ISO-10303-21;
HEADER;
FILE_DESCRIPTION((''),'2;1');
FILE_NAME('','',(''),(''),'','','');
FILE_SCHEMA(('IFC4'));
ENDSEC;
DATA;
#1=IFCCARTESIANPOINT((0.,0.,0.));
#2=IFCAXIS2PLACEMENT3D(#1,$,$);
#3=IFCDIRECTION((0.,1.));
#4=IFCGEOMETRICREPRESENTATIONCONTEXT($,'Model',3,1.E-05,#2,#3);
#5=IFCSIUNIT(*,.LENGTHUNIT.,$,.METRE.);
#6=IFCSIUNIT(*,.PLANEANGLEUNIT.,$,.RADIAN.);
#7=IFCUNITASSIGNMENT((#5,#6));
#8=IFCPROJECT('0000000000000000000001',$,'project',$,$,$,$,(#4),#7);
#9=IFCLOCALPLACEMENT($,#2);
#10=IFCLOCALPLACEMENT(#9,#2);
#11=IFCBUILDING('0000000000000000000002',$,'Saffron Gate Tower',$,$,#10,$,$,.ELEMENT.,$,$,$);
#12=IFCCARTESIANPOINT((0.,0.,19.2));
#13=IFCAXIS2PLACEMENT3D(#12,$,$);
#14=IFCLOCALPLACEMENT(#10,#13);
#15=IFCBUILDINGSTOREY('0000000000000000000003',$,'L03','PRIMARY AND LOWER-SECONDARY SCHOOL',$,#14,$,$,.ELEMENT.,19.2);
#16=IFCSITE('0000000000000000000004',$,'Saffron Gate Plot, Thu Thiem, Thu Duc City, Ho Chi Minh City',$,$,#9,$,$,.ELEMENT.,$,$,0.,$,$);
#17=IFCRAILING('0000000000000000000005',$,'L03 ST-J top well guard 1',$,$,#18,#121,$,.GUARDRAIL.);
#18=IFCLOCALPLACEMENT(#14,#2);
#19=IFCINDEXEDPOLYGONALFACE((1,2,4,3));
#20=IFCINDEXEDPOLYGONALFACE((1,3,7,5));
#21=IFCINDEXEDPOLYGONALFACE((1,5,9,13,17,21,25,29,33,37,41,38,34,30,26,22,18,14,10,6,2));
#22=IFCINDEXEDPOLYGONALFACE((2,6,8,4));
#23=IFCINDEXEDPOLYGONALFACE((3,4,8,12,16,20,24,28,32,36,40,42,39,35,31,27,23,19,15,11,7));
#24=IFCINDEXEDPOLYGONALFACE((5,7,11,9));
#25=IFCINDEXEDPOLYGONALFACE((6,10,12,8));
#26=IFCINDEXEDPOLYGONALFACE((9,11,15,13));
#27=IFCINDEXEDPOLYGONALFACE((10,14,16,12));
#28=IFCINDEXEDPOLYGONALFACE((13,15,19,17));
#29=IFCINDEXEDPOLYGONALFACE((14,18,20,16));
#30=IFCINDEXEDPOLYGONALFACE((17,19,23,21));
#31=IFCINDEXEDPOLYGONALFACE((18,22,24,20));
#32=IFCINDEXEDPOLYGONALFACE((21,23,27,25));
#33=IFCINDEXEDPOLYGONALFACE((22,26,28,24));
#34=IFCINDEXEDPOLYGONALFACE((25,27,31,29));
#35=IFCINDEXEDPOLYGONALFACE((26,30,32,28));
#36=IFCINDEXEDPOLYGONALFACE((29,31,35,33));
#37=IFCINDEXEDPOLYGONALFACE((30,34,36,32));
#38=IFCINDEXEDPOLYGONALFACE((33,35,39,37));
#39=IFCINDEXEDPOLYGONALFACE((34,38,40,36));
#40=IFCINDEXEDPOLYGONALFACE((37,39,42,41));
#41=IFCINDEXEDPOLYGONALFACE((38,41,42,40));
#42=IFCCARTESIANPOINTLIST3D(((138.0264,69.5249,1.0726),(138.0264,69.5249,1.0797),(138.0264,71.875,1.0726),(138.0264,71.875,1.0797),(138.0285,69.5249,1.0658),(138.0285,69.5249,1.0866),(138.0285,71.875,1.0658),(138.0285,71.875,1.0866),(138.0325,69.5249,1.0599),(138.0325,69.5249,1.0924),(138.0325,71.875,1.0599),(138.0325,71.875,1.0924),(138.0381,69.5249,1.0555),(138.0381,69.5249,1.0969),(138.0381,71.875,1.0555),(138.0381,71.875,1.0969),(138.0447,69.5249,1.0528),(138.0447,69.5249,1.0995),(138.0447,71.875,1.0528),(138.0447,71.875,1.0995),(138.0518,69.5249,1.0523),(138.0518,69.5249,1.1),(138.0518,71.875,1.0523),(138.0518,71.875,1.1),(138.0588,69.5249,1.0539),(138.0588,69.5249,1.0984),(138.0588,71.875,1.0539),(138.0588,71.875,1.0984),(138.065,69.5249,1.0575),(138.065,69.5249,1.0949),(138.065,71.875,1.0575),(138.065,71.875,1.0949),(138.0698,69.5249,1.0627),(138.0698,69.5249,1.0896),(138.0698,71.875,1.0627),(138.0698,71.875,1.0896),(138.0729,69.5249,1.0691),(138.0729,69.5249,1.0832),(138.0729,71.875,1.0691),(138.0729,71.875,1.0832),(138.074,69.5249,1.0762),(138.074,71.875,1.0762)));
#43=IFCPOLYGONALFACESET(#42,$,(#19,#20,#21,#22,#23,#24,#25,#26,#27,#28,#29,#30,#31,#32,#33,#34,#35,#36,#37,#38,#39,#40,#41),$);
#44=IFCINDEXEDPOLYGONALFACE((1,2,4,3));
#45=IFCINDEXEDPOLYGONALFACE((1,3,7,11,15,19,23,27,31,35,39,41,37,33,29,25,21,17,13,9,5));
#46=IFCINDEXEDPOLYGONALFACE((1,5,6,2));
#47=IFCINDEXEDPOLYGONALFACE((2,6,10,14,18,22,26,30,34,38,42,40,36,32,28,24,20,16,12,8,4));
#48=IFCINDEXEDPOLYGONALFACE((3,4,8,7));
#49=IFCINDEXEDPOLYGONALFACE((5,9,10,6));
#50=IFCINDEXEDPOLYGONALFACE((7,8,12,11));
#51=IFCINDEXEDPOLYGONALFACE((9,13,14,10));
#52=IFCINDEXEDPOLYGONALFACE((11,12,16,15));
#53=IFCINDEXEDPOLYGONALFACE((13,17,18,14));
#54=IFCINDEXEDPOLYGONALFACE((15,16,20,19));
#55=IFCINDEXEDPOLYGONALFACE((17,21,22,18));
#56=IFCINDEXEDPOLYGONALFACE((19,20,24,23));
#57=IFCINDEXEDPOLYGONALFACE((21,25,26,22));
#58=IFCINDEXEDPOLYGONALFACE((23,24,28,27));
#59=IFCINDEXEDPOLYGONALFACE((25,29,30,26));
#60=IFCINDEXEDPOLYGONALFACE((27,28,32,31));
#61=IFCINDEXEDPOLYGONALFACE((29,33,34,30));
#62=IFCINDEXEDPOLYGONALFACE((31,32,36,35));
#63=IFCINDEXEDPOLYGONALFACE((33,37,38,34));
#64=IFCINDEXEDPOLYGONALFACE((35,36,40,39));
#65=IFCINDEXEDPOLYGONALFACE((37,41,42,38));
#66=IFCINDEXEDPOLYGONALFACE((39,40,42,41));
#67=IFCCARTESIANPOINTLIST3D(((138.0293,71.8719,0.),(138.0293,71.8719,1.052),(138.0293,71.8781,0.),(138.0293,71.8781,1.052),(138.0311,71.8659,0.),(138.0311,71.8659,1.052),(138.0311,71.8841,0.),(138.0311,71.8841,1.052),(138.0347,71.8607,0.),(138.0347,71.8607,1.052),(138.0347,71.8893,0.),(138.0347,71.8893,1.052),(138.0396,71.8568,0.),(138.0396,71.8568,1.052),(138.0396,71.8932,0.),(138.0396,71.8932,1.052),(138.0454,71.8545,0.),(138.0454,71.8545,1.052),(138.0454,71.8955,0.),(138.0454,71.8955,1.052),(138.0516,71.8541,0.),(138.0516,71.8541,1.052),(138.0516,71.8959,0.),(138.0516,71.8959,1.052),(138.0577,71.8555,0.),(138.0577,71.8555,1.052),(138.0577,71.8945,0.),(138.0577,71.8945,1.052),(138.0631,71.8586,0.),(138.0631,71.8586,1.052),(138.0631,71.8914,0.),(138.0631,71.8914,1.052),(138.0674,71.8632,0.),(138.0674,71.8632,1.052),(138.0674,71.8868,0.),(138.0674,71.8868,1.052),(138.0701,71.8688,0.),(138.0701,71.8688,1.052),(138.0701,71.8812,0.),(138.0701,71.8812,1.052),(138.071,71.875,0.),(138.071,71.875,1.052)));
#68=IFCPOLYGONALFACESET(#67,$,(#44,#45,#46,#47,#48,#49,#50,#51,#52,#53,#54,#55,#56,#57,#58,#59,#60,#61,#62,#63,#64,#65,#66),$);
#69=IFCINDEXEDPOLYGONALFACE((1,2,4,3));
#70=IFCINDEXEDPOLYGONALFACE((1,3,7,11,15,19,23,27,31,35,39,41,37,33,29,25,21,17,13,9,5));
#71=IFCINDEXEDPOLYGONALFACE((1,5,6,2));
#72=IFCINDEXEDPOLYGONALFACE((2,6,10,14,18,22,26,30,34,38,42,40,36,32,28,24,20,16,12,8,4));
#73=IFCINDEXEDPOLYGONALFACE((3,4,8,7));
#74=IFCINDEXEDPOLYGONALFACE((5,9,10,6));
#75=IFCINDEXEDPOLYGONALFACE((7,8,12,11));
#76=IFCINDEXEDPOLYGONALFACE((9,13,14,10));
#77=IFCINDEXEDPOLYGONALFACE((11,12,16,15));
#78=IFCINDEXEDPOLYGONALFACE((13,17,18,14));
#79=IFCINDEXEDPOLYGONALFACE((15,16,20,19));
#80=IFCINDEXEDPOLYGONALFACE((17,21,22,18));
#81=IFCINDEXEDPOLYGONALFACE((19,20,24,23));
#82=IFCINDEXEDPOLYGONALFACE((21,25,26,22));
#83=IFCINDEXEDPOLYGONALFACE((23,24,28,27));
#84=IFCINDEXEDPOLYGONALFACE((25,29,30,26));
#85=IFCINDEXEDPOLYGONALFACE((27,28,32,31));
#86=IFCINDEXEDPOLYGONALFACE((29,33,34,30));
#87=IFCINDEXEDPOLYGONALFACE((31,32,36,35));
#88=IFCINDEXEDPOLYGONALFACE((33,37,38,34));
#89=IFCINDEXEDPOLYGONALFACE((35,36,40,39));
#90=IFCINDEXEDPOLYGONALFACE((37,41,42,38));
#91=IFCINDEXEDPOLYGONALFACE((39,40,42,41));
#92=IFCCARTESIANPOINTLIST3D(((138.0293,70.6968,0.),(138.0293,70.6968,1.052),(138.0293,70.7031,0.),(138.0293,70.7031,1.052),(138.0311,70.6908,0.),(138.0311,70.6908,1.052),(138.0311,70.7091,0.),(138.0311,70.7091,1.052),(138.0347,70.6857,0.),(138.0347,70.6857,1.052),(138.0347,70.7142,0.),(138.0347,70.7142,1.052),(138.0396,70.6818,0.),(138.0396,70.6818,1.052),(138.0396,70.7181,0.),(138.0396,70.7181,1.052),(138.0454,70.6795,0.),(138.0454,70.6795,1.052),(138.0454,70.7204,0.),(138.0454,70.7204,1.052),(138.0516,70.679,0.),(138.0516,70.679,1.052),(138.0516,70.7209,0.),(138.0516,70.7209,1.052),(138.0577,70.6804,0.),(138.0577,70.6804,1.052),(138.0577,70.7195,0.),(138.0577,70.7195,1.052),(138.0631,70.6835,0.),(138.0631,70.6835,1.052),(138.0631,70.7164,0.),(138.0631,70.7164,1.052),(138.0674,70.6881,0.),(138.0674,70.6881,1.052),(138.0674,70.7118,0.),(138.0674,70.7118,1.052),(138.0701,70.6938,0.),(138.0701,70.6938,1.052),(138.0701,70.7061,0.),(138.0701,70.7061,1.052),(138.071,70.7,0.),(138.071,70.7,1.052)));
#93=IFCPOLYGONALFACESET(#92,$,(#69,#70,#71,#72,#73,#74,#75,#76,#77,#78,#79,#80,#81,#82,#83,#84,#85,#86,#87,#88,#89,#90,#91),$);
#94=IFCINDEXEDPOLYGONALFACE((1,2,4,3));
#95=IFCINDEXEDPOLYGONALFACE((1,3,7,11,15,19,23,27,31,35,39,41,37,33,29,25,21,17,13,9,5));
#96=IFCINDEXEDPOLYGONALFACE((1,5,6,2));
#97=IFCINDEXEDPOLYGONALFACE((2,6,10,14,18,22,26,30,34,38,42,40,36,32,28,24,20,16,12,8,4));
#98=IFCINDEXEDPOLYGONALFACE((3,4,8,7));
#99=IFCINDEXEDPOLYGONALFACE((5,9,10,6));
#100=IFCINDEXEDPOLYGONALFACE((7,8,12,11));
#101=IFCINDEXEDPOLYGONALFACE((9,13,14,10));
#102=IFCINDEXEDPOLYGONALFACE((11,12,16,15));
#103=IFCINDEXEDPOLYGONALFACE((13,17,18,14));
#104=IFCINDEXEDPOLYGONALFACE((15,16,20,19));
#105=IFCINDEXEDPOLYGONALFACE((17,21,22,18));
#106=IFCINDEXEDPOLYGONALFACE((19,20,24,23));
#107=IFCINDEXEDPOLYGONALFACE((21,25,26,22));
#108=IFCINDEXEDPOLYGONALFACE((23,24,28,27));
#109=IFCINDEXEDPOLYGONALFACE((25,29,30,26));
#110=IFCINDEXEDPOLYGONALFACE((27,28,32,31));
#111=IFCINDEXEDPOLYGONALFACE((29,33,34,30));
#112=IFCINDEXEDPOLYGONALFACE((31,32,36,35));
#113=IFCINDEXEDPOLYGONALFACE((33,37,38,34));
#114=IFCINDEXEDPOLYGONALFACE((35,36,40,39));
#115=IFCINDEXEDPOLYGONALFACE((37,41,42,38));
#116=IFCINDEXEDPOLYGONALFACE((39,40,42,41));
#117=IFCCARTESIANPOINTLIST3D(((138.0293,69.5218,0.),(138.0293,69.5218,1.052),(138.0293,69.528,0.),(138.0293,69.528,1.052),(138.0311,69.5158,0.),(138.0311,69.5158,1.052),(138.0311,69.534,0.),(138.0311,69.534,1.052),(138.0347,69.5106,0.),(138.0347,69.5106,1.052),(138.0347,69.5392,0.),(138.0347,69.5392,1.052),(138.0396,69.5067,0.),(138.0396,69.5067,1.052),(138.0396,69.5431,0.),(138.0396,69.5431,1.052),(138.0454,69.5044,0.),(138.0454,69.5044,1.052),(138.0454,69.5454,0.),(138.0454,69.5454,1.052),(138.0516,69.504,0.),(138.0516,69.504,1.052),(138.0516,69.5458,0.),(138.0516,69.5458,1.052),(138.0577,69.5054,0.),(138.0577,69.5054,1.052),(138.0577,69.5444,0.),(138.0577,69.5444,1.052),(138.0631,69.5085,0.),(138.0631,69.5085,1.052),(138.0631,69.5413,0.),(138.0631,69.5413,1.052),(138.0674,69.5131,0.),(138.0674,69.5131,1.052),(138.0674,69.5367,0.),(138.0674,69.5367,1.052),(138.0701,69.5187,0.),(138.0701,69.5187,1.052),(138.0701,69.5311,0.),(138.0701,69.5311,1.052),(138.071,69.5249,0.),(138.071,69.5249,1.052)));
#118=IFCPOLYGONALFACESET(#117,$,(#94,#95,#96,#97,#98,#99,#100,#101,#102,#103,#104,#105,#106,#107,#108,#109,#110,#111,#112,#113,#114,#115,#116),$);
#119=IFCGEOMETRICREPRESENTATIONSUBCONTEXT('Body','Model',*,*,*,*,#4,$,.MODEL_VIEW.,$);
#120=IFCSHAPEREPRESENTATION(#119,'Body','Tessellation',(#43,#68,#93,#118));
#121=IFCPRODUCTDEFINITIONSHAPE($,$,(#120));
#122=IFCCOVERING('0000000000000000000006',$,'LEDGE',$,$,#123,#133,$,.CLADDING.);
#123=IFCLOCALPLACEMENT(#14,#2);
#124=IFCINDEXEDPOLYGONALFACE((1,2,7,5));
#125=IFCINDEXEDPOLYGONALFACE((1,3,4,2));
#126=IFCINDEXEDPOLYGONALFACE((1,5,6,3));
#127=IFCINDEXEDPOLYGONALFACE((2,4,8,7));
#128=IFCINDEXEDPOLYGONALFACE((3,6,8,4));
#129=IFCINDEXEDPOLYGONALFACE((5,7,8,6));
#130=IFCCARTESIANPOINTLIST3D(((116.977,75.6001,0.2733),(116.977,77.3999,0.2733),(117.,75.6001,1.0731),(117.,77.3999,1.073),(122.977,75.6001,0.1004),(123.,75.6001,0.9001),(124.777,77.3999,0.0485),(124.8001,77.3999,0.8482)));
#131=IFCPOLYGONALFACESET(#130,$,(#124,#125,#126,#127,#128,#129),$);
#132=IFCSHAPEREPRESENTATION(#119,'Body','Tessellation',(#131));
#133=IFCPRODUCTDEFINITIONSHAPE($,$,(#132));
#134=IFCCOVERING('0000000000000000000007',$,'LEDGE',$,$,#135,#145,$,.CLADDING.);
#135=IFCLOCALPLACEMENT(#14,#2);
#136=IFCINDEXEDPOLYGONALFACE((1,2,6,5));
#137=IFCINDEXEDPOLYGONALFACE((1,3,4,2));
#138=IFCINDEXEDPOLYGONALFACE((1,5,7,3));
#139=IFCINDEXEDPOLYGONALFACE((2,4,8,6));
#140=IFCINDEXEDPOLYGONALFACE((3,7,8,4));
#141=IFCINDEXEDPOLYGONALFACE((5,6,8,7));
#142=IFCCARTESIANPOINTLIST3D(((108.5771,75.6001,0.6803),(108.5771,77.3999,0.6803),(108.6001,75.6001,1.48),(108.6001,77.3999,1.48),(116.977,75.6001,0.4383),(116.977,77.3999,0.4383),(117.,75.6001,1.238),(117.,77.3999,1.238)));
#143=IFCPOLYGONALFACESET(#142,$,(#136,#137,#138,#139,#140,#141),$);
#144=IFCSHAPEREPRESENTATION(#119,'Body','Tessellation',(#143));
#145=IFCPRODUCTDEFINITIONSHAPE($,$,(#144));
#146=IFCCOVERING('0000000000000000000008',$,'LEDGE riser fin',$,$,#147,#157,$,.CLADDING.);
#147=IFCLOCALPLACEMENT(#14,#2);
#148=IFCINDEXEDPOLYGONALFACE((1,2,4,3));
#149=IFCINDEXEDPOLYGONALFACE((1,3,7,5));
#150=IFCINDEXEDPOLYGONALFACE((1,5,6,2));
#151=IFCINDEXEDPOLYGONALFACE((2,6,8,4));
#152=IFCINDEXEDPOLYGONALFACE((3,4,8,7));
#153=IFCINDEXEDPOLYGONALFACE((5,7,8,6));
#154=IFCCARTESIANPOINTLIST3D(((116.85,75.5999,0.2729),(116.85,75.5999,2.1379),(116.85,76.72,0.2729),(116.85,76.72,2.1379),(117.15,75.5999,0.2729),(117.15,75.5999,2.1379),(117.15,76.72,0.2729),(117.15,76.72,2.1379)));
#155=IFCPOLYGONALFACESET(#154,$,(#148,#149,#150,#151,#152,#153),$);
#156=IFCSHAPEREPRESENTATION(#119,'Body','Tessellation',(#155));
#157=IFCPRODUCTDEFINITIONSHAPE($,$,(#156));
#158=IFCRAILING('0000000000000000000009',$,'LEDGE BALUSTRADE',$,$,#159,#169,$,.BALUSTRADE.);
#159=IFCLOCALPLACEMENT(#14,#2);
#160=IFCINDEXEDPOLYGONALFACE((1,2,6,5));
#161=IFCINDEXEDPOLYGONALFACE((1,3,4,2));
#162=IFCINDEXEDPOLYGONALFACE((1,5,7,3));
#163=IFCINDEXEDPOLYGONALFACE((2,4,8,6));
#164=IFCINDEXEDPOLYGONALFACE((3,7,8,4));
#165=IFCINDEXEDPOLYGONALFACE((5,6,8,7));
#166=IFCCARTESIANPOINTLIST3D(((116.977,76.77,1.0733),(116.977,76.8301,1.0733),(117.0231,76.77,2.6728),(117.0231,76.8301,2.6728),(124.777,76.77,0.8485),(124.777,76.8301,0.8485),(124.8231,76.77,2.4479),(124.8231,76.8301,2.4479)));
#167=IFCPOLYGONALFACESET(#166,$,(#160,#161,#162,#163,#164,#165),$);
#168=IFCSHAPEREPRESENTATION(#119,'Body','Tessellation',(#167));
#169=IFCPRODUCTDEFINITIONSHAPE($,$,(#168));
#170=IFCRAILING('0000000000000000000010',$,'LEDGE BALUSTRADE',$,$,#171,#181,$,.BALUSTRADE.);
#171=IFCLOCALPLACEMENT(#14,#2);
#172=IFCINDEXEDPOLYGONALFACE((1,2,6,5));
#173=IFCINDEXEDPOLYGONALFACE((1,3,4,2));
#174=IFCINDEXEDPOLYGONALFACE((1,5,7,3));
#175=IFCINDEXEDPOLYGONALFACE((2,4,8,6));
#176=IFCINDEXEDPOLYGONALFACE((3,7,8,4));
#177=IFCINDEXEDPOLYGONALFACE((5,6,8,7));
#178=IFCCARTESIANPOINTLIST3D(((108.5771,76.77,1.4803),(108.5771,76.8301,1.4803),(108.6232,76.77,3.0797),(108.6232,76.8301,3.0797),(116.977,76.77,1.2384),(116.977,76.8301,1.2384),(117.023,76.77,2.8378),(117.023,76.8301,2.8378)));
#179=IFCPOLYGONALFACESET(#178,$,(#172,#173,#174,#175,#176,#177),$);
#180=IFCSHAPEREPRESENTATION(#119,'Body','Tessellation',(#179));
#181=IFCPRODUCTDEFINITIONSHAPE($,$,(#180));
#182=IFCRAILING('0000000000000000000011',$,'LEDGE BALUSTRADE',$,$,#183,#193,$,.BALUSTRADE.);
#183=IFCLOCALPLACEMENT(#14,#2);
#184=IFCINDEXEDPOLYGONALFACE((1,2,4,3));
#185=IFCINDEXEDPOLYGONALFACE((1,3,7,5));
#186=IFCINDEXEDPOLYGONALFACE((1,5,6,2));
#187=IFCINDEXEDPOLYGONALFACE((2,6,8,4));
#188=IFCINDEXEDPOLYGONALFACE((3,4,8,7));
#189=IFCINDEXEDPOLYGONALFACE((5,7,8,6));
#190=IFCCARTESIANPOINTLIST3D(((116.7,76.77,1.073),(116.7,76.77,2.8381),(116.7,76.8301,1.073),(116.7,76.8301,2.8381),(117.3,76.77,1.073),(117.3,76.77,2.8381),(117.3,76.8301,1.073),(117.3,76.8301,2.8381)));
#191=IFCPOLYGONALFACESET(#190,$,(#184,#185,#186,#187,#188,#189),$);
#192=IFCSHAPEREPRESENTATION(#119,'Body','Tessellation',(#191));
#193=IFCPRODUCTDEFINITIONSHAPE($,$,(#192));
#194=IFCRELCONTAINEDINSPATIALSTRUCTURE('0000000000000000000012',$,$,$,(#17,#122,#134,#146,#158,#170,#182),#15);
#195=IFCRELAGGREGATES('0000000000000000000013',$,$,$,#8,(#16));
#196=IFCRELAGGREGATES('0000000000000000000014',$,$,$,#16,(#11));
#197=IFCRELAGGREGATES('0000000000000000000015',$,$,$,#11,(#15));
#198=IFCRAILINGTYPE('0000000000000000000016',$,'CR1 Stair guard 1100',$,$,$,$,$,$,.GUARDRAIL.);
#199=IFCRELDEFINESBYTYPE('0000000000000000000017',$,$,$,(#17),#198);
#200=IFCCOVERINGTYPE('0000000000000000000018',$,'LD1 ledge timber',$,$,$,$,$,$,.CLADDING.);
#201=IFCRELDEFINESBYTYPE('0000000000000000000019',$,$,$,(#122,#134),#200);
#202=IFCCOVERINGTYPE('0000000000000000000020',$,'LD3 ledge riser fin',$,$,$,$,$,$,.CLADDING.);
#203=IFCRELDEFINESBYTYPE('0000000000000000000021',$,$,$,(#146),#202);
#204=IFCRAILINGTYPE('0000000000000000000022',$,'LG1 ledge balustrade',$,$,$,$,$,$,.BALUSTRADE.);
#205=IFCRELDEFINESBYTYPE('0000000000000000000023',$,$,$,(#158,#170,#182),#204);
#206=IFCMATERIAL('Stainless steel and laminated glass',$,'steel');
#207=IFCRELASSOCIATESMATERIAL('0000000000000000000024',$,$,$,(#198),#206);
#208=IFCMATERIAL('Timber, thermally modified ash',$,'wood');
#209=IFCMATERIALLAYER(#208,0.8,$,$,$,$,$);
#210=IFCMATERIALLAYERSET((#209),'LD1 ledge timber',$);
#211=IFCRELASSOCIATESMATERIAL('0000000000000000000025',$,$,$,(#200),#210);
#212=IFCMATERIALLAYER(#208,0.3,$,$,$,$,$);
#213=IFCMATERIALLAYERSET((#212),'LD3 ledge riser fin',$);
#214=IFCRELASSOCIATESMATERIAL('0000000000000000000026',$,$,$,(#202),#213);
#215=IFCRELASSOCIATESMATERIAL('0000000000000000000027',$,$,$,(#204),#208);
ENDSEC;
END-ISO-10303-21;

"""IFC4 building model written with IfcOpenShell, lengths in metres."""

from ifc_helpers import new_model, si_unit, direction, frame, origin, origin_2d, place, context, subcontext, project, spatial, polyline, rectangle, circle, outline, extrude, material, layer, layer_set, type_object, element, save


model = new_model("IFC4")

# Units and contexts
model_context = context("Model", 3, precision=1e-05, world=origin(), true_north=direction((0.0, 1.0)))
body_context = subcontext(model_context, "Body", "Model", "MODEL_VIEW")
ifc_project = project(units=[si_unit("LENGTHUNIT", "METRE"), si_unit("PLANEANGLEUNIT", "RADIAN")], contexts=[model_context])

# Site, building, storey
site_placement = place(None, origin())
site = spatial("IfcSite", under=ifc_project, at=site_placement, Name="Saffron Gate Plot, Thu Thiem, Thu Duc City, Ho Chi Minh City", CompositionType="ELEMENT", RefElevation=0.0)
building_placement = place(site_placement, origin())
building = spatial("IfcBuilding", under=site, at=building_placement, Name="Saffron Gate Tower", CompositionType="ELEMENT")
storey_placement = place(building_placement, frame((0.0, 0.0, 19.2)))
storey = spatial("IfcBuildingStorey", under=building, at=storey_placement, Name="L03", Description="PRIMARY AND LOWER-SECONDARY SCHOOL", CompositionType="ELEMENT", Elevation=19.2)

# Railing
ifc_material_1 = material(Name="Stainless steel and laminated glass", Category="steel")
railing_type_1 = type_object("IfcRailingType", Name="CR1 Stair guard 1100", PredefinedType="GUARDRAIL", material=ifc_material_1)
railing_1_placement = place(storey_placement, frame((138.05, 71.875, 0.0)))
element("IfcRailing", 1, at=railing_1_placement, inside=storey, type_object=railing_type_1, Name="L03 ST-J top well guard 1", PredefinedType="GUARDRAIL", context=body_context, shape_type="SweptSolid", body=[
    extrude(circle(Radius=0.0239, at=origin_2d()), frame((0.0, 0.0, 1.0762), z_axis=(0.0, -1.0, 0.0), x_axis=(1.0, 0.0, 0.0)), (0.0, 0.0, 1.0), 2.3501),
    extrude(circle(Radius=0.021, at=origin_2d()), origin(), (0.0, 0.0, 1.0), 1.052),
    extrude(circle(Radius=0.021, at=origin_2d()), frame((0.0, -1.175, 0.0)), (0.0, 0.0, 1.0), 1.052),
    extrude(circle(Radius=0.021, at=origin_2d()), frame((0.0, -2.3501, 0.0)), (0.0, 0.0, 1.0), 1.052),
])

# Coverings
ifc_material_2 = material(Name="Timber, thermally modified ash", Category="wood")
ifc_layer_1 = layer(ifc_material_2, 0.8)
ifc_layer_set_1 = layer_set([ifc_layer_1], Name="LD1 ledge timber")
covering_type_1 = type_object("IfcCoveringType", Name="LD1 ledge timber", PredefinedType="CLADDING", material=ifc_layer_set_1)
covering_1_placement = place(storey_placement, frame((123.0, 75.6001, 0.9001), z_axis=(0.028807, 0.000035, 0.999585), x_axis=(-0.999585, 0.0, 0.028807)))
element("IfcCovering", 2, at=covering_1_placement, inside=storey, type_object=covering_type_1, Name="LEDGE", PredefinedType="CLADDING", context=body_context, shape_type="SweptSolid", body=[
    extrude(outline(polyline([(0.0, 0.0), (6.0025, 0.0), (6.0025, -1.7998), (-1.8008, -1.7998), (0.0, 0.0)])), origin(), (0.0, 0.0, -1.0), 0.8),
])
covering_2_placement = place(storey_placement, frame((117.0, 75.6001, 1.238), z_axis=(0.028791, 0.0, 0.999585), x_axis=(-0.999585, 0.0, 0.028791)))
element("IfcCovering", 3, at=covering_2_placement, inside=storey, type_object=covering_type_1, Name="LEDGE", PredefinedType="CLADDING", context=body_context, shape_type="SweptSolid", body=[
    extrude(outline(polyline([(0.0, 0.0), (8.4034, 0.0), (8.4034, -1.7998), (0.0, -1.7998), (0.0, 0.0)])), origin(), (0.0, 0.0, -1.0), 0.8),
])
ifc_layer_2 = layer(ifc_material_2, 0.3)
ifc_layer_set_2 = layer_set([ifc_layer_2], Name="LD3 ledge riser fin")
covering_type_2 = type_object("IfcCoveringType", Name="LD3 ledge riser fin", PredefinedType="CLADDING", material=ifc_layer_set_2)
covering_3_placement = place(storey_placement, frame((117.0, 76.1599, 0.2729), z_axis=(0.0, 0.0, 1.0), x_axis=(-1.0, 0.0, 0.0)))
element("IfcCovering", 4, at=covering_3_placement, inside=storey, type_object=covering_type_2, Name="LEDGE riser fin", PredefinedType="CLADDING", context=body_context, shape_type="SweptSolid", body=[
    extrude(rectangle(XDim=0.3, YDim=1.1201, at=origin_2d()), origin(), (0.0, 0.0, 1.0), 1.865),
])

# Railings
railing_type_2 = type_object("IfcRailingType", Name="LG1 ledge balustrade", PredefinedType="BALUSTRADE", material=ifc_material_2)
railing_2_placement = place(storey_placement, frame((124.8, 76.8, 0.8481)))
element("IfcRailing", 5, at=railing_2_placement, inside=storey, type_object=railing_type_2, Name="LEDGE BALUSTRADE", PredefinedType="BALUSTRADE", context=body_context, shape_type="SweptSolid", body=[
    extrude(rectangle(XDim=0.0601, YDim=1.6001, at=origin_2d()), frame((0.0, 0.0, 0.8), z_axis=(-0.999585, 0.0, 0.028815), x_axis=(0.0, -1.0, 0.0)), (0.0, 0.0, 1.0), 7.8032),
])
railing_3_placement = place(storey_placement, frame((117.0, 76.8, 1.238)))
element("IfcRailing", 6, at=railing_3_placement, inside=storey, type_object=railing_type_2, Name="LEDGE BALUSTRADE", PredefinedType="BALUSTRADE", context=body_context, shape_type="SweptSolid", body=[
    extrude(rectangle(XDim=0.0601, YDim=1.6001, at=origin_2d()), frame((0.0, 0.0, 0.8), z_axis=(-0.999585, 0.0, 0.028791), x_axis=(0.0, -1.0, 0.0)), (0.0, 0.0, 1.0), 8.4033),
])
railing_4_placement = place(storey_placement, frame((117.3, 76.8, 1.073)))
element("IfcRailing", 7, at=railing_4_placement, inside=storey, type_object=railing_type_2, Name="LEDGE BALUSTRADE", PredefinedType="BALUSTRADE", context=body_context, shape_type="SweptSolid", body=[
    extrude(rectangle(XDim=0.0601, YDim=1.7651, at=origin_2d()), frame((0.0, 0.0, 0.8826), z_axis=(-1.0, 0.0, 0.0), x_axis=(0.0, -1.0, 0.0)), (0.0, 0.0, 1.0), 0.6001),
])

save(model, "model.ifc")
